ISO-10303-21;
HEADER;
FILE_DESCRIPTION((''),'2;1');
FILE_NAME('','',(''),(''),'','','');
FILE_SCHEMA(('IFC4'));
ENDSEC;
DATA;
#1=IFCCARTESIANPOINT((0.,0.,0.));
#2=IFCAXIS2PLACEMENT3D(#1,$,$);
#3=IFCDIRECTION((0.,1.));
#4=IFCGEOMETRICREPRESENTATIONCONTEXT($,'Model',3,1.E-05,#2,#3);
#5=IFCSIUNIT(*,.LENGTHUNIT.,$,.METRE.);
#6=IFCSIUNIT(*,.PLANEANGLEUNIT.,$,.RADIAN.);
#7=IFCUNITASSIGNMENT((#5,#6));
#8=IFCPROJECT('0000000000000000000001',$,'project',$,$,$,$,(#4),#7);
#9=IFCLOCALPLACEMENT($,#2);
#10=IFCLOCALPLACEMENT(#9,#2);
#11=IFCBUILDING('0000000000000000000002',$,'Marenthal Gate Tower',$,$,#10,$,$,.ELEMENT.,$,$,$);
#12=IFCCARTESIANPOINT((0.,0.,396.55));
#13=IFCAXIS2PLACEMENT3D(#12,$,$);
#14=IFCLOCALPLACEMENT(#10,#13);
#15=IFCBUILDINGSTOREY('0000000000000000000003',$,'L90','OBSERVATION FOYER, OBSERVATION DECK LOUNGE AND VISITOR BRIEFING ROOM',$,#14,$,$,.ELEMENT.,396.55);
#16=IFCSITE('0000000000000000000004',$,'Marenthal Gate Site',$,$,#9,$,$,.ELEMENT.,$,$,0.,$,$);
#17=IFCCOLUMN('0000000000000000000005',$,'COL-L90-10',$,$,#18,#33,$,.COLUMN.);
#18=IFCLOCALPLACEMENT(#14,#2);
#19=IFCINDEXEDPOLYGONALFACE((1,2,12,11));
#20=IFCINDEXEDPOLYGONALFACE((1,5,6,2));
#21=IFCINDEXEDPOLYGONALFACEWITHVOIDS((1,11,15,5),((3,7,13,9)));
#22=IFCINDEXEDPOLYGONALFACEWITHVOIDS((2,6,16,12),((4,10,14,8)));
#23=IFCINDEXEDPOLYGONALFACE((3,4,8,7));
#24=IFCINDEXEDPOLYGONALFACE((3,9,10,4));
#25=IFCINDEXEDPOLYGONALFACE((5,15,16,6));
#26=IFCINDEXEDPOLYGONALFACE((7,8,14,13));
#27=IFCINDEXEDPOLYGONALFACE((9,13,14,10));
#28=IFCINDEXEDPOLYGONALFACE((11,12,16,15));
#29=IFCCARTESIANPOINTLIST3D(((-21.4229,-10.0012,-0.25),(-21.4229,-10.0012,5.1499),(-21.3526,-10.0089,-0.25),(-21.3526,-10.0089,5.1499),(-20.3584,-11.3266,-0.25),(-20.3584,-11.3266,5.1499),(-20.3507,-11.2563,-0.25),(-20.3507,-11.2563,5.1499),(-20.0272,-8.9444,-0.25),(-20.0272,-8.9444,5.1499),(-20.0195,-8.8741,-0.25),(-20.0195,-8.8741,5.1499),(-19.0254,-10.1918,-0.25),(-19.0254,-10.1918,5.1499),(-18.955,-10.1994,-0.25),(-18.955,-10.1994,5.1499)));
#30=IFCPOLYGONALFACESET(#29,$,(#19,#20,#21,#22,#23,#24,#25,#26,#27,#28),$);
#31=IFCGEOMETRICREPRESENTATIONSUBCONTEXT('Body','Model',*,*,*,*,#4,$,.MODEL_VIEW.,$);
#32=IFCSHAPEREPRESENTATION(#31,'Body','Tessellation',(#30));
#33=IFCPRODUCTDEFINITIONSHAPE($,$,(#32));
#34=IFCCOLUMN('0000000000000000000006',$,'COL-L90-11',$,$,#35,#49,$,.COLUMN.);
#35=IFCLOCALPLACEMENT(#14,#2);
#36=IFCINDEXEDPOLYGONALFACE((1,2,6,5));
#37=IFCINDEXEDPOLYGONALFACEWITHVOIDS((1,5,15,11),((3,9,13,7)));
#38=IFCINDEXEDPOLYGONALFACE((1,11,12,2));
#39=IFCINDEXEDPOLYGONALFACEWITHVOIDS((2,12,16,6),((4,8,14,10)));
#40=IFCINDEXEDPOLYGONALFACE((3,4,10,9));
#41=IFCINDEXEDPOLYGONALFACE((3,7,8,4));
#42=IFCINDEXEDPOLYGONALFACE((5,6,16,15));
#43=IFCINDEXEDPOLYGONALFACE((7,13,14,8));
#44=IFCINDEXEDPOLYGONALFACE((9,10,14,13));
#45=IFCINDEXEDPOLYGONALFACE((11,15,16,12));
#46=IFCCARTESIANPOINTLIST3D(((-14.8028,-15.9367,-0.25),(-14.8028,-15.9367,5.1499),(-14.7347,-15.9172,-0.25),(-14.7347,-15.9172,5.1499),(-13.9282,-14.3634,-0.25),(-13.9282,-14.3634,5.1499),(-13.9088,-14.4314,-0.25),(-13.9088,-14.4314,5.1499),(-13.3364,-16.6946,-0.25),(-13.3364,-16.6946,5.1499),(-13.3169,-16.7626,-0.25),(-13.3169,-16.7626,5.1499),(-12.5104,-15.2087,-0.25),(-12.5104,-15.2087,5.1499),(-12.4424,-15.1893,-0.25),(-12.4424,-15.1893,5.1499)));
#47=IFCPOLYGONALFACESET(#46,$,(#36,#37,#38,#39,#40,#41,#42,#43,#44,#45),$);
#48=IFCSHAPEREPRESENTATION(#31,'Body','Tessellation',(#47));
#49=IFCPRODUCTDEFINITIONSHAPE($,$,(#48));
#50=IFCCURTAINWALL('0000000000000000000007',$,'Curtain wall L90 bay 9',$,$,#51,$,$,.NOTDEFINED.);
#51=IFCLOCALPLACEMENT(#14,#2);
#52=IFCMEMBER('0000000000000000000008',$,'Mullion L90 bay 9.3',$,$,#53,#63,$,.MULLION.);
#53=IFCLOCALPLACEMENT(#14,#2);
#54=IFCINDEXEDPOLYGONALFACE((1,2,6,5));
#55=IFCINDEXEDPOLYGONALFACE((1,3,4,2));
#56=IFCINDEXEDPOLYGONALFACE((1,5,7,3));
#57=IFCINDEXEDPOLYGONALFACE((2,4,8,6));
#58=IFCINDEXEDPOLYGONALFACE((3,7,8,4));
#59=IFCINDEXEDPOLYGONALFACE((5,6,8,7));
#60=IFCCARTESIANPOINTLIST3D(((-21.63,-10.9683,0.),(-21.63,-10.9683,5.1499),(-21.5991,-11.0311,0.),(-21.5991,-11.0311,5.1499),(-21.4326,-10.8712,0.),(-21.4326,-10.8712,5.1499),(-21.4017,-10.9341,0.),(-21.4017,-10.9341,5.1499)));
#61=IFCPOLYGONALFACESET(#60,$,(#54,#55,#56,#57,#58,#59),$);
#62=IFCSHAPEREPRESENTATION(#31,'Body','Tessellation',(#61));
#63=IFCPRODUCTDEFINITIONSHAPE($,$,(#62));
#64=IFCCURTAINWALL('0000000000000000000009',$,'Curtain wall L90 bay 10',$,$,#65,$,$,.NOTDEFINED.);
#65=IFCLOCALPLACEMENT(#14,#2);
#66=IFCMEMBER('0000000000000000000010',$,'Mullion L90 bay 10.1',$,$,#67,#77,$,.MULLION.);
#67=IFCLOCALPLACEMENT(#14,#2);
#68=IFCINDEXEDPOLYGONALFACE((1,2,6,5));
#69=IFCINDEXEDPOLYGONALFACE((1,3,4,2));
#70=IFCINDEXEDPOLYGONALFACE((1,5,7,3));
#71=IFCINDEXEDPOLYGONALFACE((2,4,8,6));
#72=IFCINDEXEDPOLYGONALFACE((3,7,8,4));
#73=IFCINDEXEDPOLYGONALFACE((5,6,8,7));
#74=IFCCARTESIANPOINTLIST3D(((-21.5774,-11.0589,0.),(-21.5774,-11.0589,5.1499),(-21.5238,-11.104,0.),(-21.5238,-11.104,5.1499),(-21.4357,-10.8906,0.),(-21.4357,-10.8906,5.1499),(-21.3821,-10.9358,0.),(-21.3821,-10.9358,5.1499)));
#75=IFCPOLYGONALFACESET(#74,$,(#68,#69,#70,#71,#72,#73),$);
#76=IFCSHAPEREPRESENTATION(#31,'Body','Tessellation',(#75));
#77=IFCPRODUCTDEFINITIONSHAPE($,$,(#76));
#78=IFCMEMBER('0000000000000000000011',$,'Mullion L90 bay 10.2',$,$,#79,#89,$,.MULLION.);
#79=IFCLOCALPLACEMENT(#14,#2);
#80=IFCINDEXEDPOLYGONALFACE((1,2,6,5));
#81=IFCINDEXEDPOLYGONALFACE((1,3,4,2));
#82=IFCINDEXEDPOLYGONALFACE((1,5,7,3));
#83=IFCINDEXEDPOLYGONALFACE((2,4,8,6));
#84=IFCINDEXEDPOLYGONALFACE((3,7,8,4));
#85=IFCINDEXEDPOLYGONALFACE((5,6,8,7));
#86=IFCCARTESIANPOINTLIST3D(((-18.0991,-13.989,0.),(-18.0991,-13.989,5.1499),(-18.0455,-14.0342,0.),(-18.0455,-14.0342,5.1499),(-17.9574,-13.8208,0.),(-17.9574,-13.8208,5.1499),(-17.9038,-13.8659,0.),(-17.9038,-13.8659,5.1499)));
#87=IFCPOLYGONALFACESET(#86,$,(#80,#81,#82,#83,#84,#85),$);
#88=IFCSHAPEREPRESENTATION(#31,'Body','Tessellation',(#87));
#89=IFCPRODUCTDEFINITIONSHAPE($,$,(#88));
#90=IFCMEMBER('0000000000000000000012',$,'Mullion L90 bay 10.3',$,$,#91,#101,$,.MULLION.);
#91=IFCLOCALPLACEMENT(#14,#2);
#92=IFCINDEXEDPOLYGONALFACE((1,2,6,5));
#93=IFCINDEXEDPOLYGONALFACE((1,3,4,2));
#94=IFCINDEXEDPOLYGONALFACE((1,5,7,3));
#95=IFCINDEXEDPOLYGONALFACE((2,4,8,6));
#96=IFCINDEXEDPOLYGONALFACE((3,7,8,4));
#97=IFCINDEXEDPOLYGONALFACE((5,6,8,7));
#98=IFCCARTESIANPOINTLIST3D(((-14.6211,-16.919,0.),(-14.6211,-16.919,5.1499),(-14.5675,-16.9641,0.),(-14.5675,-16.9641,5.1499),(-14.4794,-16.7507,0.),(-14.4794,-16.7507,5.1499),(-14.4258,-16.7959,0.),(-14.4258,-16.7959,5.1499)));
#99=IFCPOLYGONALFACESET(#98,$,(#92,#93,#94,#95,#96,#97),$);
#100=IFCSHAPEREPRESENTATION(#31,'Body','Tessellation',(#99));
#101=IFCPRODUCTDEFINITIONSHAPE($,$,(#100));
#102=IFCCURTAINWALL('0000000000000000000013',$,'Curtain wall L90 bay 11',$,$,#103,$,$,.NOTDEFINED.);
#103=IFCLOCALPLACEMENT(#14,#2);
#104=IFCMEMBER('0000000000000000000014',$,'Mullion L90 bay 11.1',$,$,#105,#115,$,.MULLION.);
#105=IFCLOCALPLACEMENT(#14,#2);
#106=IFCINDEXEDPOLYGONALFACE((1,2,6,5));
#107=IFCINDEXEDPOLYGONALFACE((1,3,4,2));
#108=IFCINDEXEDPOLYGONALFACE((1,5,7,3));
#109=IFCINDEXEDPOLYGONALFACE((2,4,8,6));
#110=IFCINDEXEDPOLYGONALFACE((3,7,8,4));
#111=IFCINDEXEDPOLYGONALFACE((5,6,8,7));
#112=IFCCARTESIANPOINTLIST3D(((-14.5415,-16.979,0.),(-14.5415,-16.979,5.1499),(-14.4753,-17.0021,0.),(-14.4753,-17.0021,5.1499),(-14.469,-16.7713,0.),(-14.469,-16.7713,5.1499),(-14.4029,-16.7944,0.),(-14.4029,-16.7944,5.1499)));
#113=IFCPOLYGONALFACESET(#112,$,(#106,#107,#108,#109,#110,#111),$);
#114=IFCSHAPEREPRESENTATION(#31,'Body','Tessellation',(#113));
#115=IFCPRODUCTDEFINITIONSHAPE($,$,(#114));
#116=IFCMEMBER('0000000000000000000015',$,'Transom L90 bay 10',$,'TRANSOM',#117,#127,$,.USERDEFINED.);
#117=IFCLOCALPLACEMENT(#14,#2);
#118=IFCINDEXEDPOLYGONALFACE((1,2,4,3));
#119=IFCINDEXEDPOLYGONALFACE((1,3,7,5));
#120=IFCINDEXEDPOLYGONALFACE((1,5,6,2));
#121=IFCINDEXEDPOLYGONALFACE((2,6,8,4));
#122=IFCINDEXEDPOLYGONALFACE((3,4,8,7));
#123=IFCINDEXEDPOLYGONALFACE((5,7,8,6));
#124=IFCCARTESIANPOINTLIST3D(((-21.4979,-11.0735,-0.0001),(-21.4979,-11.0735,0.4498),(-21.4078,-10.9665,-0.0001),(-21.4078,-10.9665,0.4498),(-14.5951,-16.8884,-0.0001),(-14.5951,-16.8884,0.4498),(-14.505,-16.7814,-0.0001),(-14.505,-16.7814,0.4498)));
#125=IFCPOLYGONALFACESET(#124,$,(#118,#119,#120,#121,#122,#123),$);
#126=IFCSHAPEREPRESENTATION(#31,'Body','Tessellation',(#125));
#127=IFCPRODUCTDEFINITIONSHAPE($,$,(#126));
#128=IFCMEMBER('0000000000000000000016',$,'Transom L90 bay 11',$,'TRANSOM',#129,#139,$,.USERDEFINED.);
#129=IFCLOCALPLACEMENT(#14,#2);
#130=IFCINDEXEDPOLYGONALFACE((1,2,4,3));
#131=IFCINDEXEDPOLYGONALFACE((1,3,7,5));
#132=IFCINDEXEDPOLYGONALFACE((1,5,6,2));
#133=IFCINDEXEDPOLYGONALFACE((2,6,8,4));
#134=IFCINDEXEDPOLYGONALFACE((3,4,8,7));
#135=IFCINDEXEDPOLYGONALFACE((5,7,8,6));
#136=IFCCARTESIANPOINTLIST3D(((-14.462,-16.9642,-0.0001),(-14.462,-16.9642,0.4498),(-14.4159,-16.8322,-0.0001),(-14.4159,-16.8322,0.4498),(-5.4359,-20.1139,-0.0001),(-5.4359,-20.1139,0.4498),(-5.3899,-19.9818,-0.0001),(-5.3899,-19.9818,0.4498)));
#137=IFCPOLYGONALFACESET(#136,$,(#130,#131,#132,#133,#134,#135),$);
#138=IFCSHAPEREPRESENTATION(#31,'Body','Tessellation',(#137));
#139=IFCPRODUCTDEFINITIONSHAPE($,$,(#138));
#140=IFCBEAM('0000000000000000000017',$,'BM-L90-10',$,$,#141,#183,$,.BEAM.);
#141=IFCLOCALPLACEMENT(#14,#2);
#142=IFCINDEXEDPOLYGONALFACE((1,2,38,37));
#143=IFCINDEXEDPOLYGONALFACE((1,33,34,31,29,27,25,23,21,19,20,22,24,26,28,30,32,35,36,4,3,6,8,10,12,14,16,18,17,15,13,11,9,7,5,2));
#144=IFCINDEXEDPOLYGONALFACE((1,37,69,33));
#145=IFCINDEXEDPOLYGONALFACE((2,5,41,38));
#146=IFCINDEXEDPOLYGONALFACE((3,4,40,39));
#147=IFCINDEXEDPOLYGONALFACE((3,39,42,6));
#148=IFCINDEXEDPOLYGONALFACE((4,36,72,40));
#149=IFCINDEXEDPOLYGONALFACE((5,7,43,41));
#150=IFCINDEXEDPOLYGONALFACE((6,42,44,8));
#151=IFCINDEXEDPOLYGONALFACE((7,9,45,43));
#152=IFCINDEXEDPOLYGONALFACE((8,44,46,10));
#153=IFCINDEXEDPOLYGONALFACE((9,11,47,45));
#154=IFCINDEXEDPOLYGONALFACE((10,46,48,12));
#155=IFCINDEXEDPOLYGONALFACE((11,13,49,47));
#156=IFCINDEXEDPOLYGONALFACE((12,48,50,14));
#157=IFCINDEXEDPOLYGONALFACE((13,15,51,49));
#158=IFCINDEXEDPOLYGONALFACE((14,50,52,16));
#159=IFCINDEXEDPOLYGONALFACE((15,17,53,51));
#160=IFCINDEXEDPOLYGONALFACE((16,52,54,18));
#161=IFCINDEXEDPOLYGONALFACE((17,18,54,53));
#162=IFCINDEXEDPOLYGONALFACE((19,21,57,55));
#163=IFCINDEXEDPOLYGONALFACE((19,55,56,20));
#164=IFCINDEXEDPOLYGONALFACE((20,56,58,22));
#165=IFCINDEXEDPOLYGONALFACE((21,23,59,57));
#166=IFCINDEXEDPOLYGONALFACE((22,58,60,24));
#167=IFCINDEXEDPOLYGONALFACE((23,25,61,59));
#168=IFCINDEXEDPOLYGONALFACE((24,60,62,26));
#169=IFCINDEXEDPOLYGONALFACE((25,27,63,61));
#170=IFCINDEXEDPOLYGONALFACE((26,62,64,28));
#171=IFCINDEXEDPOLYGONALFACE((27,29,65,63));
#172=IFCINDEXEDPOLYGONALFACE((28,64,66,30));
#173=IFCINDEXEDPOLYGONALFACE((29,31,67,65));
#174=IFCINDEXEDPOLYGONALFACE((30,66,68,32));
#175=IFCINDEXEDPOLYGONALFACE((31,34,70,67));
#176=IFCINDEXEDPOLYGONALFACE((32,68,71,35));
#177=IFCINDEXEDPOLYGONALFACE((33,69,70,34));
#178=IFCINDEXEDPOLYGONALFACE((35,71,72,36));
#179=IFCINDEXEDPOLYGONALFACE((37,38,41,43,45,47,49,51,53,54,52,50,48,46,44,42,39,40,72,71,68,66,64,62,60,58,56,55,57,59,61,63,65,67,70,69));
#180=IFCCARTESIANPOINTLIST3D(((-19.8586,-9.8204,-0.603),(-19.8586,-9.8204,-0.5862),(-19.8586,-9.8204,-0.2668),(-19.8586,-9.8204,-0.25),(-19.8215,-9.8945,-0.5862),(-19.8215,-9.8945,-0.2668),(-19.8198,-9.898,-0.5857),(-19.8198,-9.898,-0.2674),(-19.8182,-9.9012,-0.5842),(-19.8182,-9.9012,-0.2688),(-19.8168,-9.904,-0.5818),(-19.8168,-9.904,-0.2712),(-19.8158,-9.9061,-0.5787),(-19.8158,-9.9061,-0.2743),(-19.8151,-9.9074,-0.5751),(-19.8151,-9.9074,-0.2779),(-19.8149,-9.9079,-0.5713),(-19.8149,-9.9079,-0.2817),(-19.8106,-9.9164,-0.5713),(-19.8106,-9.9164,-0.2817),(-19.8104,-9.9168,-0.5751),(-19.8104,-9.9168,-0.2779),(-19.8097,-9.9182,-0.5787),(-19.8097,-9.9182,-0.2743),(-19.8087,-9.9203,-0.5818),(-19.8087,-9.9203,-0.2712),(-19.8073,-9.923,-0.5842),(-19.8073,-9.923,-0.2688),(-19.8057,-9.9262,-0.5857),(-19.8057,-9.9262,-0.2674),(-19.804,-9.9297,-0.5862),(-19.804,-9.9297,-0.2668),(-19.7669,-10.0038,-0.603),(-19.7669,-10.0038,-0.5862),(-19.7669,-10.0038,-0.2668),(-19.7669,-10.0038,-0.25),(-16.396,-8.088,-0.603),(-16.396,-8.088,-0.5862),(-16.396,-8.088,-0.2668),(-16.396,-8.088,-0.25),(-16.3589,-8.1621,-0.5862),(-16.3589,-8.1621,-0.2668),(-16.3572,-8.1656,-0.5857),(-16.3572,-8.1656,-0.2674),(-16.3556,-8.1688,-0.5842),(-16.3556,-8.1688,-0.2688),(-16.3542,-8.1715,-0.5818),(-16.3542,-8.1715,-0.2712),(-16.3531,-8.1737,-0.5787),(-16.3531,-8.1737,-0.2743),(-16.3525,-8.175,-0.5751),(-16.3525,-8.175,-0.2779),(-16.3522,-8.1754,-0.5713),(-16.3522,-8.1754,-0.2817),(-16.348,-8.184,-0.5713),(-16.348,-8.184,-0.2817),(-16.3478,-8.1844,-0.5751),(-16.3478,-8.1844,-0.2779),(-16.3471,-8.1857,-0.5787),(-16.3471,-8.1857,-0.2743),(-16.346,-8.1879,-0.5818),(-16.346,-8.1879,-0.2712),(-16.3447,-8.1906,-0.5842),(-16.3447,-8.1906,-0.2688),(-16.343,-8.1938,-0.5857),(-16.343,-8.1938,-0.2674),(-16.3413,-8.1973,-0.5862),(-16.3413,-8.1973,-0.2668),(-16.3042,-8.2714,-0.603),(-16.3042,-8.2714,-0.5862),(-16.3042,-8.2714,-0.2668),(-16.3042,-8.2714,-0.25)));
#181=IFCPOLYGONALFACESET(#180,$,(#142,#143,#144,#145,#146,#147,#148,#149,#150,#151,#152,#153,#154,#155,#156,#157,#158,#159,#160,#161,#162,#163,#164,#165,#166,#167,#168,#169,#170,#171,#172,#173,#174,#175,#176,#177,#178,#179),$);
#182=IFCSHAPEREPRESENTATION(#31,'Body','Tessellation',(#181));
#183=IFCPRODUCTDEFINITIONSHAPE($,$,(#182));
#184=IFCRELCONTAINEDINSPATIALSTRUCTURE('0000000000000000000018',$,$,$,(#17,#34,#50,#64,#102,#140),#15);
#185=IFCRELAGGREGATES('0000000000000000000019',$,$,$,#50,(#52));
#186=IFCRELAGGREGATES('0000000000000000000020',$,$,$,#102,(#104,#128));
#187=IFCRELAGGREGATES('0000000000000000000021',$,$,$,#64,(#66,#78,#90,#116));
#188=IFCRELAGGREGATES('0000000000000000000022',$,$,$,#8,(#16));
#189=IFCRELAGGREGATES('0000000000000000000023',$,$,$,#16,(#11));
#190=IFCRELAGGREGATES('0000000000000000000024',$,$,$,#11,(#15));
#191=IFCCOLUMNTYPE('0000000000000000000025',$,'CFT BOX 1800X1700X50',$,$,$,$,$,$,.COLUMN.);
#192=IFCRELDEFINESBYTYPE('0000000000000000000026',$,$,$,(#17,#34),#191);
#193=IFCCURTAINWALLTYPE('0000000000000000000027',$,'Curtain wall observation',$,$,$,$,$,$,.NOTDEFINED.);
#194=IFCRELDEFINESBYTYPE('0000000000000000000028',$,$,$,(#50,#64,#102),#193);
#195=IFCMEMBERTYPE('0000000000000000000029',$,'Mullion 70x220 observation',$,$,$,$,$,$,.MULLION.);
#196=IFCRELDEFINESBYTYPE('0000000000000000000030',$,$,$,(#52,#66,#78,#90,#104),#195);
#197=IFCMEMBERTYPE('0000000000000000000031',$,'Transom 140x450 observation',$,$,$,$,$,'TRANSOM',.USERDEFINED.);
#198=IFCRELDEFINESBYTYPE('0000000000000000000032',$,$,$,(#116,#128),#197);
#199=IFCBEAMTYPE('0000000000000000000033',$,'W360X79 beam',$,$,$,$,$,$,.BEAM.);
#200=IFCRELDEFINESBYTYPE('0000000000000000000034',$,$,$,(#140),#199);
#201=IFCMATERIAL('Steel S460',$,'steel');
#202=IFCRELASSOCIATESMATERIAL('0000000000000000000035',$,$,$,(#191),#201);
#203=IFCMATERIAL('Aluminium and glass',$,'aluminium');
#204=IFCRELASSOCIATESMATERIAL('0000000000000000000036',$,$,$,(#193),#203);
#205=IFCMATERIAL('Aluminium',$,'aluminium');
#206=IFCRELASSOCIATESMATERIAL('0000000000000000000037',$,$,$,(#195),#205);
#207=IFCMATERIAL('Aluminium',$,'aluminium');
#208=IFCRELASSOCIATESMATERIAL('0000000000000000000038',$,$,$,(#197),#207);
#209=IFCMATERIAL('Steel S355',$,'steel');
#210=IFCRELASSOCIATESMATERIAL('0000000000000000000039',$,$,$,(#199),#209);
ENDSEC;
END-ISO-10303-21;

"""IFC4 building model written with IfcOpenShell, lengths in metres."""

from ifc_helpers import new_model, si_unit, direction, frame, origin, origin_2d, place, context, subcontext, project, spatial, rectangle, hollow_rectangle, i_section, extrude, material, material_profile, profile_set, type_object, element, aggregate, save


model = new_model("IFC4")

# Units and contexts
model_context = context("Model", 3, precision=1e-05, world=origin(), true_north=direction((0.0, 1.0)))
body_context = subcontext(model_context, "Body", "Model", "MODEL_VIEW")
ifc_project = project(units=[si_unit("LENGTHUNIT", "METRE"), si_unit("PLANEANGLEUNIT", "RADIAN")], contexts=[model_context])

# Site, building, storey
site_placement = place(None, origin())
site = spatial("IfcSite", under=ifc_project, at=site_placement, Name="Marenthal Gate Site", CompositionType="ELEMENT", RefElevation=0.0)
building_placement = place(site_placement, origin())
building = spatial("IfcBuilding", under=site, at=building_placement, Name="Marenthal Gate Tower", CompositionType="ELEMENT")
storey_placement = place(building_placement, frame((0.0, 0.0, 396.55)))
storey = spatial("IfcBuildingStorey", under=building, at=storey_placement, Name="L90", Description="OBSERVATION FOYER, OBSERVATION DECK LOUNGE AND VISITOR BRIEFING ROOM", CompositionType="ELEMENT", Elevation=396.55)

# Columns
ifc_material_1 = material(Name="Steel S460", Category="steel")
ifc_material_profile_1 = material_profile(ifc_material_1, hollow_rectangle(XDim=1.7, YDim=1.8, WallThickness=0.05, at=origin_2d()), Name="CFT BOX 1800X1700X50")
ifc_material_2 = material(Name="Concrete 70 MPa", Category="concrete")
ifc_material_profile_2 = material_profile(ifc_material_2, rectangle(XDim=1.6001, YDim=1.7, at=origin_2d()), Name="CFT BOX 1800X1700X50 INFILL")
ifc_profile_set_1 = profile_set([ifc_material_profile_1, ifc_material_profile_2], Name="Steel S460 shell, Concrete 70 MPa infill")
column_type = type_object("IfcColumnType", Name="CFT BOX 1800X1700X50", PredefinedType="COLUMN", material=ifc_profile_set_1)
for number, where, z_axis, x_axis, name in (
    (1, (-20.189, -10.1003, -0.25), (0.0, 0.0, 1.0), (-0.626198, 0.779664, 0.0), "COL-L90-10"),
    (2, (-13.6226, -15.563, -0.25), (0.0, 0.0, 1.0), (-0.874037, 0.48586, 0.0), "COL-L90-11"),
):
    element("IfcColumn", number, at=place(storey_placement, frame(where, z_axis=z_axis, x_axis=x_axis)), inside=storey, type_object=column_type, Name=name, PredefinedType="COLUMN", context=body_context, shape_type="SweptSolid", body=[
        extrude(hollow_rectangle(XDim=1.7, YDim=1.8, WallThickness=0.05, at=origin_2d()), origin(), (0.0, 0.0, 1.0), 5.3999),
    ])

# Curtain wall, member
ifc_material_3 = material(Name="Aluminium and glass", Category="aluminium")
curtain_wall_type = type_object("IfcCurtainWallType", Name="Curtain wall observation", PredefinedType="NOTDEFINED", material=ifc_material_3)
curtain_wall_1_placement = place(storey_placement, origin())
curtain_wall_1 = element("IfcCurtainWall", 3, at=curtain_wall_1_placement, inside=storey, type_object=curtain_wall_type, Name="Curtain wall L90 bay 9", PredefinedType="NOTDEFINED")
ifc_material_4 = material(Name="Aluminium", Category="aluminium")
ifc_material_profile_3 = material_profile(ifc_material_4, rectangle(XDim=0.22, YDim=0.0701, at=origin_2d()), Name="70x220 aluminium mullion")
ifc_profile_set_2 = profile_set([ifc_material_profile_3], Name="Aluminium")
member_type_1 = type_object("IfcMemberType", Name="Mullion 70x220 observation", PredefinedType="MULLION", material=ifc_profile_set_2)
member_1_placement = place(storey_placement, frame((-21.5159, -10.9512, 0.0), z_axis=(0.0, 0.0, 1.0), x_axis=(0.897386, 0.441247, 0.0)))
member_1 = element("IfcMember", 4, at=member_1_placement, type_object=member_type_1, Name="Mullion L90 bay 9.3", PredefinedType="MULLION", context=body_context, shape_type="SweptSolid", body=[
    extrude(rectangle(XDim=0.22, YDim=0.0701, at=origin_2d()), origin(), (0.0, 0.0, 1.0), 5.1499),
])
aggregate(curtain_wall_1, [member_1])

# Curtain wall, members
curtain_wall_2_placement = place(storey_placement, origin())
curtain_wall_2 = element("IfcCurtainWall", 5, at=curtain_wall_2_placement, inside=storey, type_object=curtain_wall_type, Name="Curtain wall L90 bay 10", PredefinedType="NOTDEFINED")
member_2_placement = place(storey_placement, frame((-21.4797, -10.9973, 0.0), z_axis=(0.0, 0.0, 1.0), x_axis=(0.644265, 0.764802, 0.0)))
member_2 = element("IfcMember", 6, at=member_2_placement, type_object=member_type_1, Name="Mullion L90 bay 10.1", PredefinedType="MULLION", context=body_context, shape_type="SweptSolid", body=[
    extrude(rectangle(XDim=0.22, YDim=0.0701, at=origin_2d()), origin(), (0.0, 0.0, 1.0), 5.1499),
])
member_3_placement = place(storey_placement, frame((-18.0015, -13.9275, 0.0), z_axis=(0.0, 0.0, 1.0), x_axis=(0.644265, 0.764802, 0.0)))
member_3 = element("IfcMember", 7, at=member_3_placement, type_object=member_type_1, Name="Mullion L90 bay 10.2", PredefinedType="MULLION", context=body_context, shape_type="SweptSolid", body=[
    extrude(rectangle(XDim=0.22, YDim=0.0701, at=origin_2d()), origin(), (0.0, 0.0, 1.0), 5.1499),
])
member_4_placement = place(storey_placement, frame((-14.5234, -16.8574, 0.0), z_axis=(0.0, 0.0, 1.0), x_axis=(0.644265, 0.764802, 0.0)))
member_4 = element("IfcMember", 8, at=member_4_placement, type_object=member_type_1, Name="Mullion L90 bay 10.3", PredefinedType="MULLION", context=body_context, shape_type="SweptSolid", body=[
    extrude(rectangle(XDim=0.22, YDim=0.0701, at=origin_2d()), origin(), (0.0, 0.0, 1.0), 5.1499),
])

# Curtain wall, member
curtain_wall_3_placement = place(storey_placement, origin())
curtain_wall_3 = element("IfcCurtainWall", 9, at=curtain_wall_3_placement, inside=storey, type_object=curtain_wall_type, Name="Curtain wall L90 bay 11", PredefinedType="NOTDEFINED")
member_5_placement = place(storey_placement, frame((-14.4722, -16.8867, 0.0), z_axis=(0.0, 0.0, 1.0), x_axis=(0.329454, 0.944172, 0.0)))
member_5 = element("IfcMember", 10, at=member_5_placement, type_object=member_type_1, Name="Mullion L90 bay 11.1", PredefinedType="MULLION", context=body_context, shape_type="SweptSolid", body=[
    extrude(rectangle(XDim=0.22, YDim=0.0701, at=origin_2d()), origin(), (0.0, 0.0, 1.0), 5.1499),
])

# Members
ifc_material_5 = material(Name="Aluminium", Category="aluminium")
ifc_material_profile_4 = material_profile(ifc_material_5, rectangle(XDim=0.1399, YDim=0.45, at=origin_2d()), Name="140x450 aluminium transom")
ifc_profile_set_3 = profile_set([ifc_material_profile_4], Name="Aluminium")
member_type_2 = type_object("IfcMemberType", Name="Transom 140x450 observation", ElementType="TRANSOM", PredefinedType="USERDEFINED", material=ifc_profile_set_3)
member_6_placement = place(storey_placement, frame((-21.4529, -11.02, 0.2249), z_axis=(0.7648, -0.644267, 0.0), x_axis=(0.644267, 0.7648, 0.0)))
member_6 = element("IfcMember", 11, at=member_6_placement, type_object=member_type_2, Name="Transom L90 bay 10", ObjectType="TRANSOM", PredefinedType="USERDEFINED", context=body_context, shape_type="SweptSolid", body=[
    extrude(rectangle(XDim=0.1399, YDim=0.45, at=origin_2d()), origin(), (0.0, 0.0, 1.0), 9.0256),
])
member_7_placement = place(storey_placement, frame((-14.439, -16.8982, 0.2249), z_axis=(0.944167, -0.329466, 0.0), x_axis=(0.329466, 0.944167, 0.0)))
member_7 = element("IfcMember", 12, at=member_7_placement, type_object=member_type_2, Name="Transom L90 bay 11", ObjectType="TRANSOM", PredefinedType="USERDEFINED", context=body_context, shape_type="SweptSolid", body=[
    extrude(rectangle(XDim=0.1399, YDim=0.45, at=origin_2d()), origin(), (0.0, 0.0, 1.0), 9.5598),
])
aggregate(curtain_wall_3, [member_5, member_7])

# Beam
ifc_material_6 = material(Name="Steel S355", Category="steel")
ifc_material_profile_5 = material_profile(ifc_material_6, i_section(OverallWidth=0.2051, OverallDepth=0.353, WebThickness=0.0095, FlangeThickness=0.0168, FilletRadius=0.0149, at=origin_2d()), Name="W360X79")
ifc_profile_set_4 = profile_set([ifc_material_profile_5], Name="Steel S355")
beam_type_1 = type_object("IfcBeamType", Name="W360X79 beam", PredefinedType="BEAM", material=ifc_profile_set_4)
beam_1_placement = place(storey_placement, frame((-19.8127, -9.9121, -0.4265), z_axis=(0.894314, 0.447441, 0.0), x_axis=(-0.447441, 0.894314, 0.0)))
element("IfcBeam", 13, at=beam_1_placement, inside=storey, type_object=beam_type_1, Name="BM-L90-10", PredefinedType="BEAM", context=body_context, shape_type="SweptSolid", body=[
    extrude(i_section(OverallWidth=0.2051, OverallDepth=0.353, WebThickness=0.0095, FlangeThickness=0.0168, FilletRadius=0.0149, at=origin_2d()), origin(), (0.0, 0.0, 1.0), 3.8718),
])

aggregate(curtain_wall_2, [member_2, member_3, member_4, member_6])

save(model, "model.ifc")
